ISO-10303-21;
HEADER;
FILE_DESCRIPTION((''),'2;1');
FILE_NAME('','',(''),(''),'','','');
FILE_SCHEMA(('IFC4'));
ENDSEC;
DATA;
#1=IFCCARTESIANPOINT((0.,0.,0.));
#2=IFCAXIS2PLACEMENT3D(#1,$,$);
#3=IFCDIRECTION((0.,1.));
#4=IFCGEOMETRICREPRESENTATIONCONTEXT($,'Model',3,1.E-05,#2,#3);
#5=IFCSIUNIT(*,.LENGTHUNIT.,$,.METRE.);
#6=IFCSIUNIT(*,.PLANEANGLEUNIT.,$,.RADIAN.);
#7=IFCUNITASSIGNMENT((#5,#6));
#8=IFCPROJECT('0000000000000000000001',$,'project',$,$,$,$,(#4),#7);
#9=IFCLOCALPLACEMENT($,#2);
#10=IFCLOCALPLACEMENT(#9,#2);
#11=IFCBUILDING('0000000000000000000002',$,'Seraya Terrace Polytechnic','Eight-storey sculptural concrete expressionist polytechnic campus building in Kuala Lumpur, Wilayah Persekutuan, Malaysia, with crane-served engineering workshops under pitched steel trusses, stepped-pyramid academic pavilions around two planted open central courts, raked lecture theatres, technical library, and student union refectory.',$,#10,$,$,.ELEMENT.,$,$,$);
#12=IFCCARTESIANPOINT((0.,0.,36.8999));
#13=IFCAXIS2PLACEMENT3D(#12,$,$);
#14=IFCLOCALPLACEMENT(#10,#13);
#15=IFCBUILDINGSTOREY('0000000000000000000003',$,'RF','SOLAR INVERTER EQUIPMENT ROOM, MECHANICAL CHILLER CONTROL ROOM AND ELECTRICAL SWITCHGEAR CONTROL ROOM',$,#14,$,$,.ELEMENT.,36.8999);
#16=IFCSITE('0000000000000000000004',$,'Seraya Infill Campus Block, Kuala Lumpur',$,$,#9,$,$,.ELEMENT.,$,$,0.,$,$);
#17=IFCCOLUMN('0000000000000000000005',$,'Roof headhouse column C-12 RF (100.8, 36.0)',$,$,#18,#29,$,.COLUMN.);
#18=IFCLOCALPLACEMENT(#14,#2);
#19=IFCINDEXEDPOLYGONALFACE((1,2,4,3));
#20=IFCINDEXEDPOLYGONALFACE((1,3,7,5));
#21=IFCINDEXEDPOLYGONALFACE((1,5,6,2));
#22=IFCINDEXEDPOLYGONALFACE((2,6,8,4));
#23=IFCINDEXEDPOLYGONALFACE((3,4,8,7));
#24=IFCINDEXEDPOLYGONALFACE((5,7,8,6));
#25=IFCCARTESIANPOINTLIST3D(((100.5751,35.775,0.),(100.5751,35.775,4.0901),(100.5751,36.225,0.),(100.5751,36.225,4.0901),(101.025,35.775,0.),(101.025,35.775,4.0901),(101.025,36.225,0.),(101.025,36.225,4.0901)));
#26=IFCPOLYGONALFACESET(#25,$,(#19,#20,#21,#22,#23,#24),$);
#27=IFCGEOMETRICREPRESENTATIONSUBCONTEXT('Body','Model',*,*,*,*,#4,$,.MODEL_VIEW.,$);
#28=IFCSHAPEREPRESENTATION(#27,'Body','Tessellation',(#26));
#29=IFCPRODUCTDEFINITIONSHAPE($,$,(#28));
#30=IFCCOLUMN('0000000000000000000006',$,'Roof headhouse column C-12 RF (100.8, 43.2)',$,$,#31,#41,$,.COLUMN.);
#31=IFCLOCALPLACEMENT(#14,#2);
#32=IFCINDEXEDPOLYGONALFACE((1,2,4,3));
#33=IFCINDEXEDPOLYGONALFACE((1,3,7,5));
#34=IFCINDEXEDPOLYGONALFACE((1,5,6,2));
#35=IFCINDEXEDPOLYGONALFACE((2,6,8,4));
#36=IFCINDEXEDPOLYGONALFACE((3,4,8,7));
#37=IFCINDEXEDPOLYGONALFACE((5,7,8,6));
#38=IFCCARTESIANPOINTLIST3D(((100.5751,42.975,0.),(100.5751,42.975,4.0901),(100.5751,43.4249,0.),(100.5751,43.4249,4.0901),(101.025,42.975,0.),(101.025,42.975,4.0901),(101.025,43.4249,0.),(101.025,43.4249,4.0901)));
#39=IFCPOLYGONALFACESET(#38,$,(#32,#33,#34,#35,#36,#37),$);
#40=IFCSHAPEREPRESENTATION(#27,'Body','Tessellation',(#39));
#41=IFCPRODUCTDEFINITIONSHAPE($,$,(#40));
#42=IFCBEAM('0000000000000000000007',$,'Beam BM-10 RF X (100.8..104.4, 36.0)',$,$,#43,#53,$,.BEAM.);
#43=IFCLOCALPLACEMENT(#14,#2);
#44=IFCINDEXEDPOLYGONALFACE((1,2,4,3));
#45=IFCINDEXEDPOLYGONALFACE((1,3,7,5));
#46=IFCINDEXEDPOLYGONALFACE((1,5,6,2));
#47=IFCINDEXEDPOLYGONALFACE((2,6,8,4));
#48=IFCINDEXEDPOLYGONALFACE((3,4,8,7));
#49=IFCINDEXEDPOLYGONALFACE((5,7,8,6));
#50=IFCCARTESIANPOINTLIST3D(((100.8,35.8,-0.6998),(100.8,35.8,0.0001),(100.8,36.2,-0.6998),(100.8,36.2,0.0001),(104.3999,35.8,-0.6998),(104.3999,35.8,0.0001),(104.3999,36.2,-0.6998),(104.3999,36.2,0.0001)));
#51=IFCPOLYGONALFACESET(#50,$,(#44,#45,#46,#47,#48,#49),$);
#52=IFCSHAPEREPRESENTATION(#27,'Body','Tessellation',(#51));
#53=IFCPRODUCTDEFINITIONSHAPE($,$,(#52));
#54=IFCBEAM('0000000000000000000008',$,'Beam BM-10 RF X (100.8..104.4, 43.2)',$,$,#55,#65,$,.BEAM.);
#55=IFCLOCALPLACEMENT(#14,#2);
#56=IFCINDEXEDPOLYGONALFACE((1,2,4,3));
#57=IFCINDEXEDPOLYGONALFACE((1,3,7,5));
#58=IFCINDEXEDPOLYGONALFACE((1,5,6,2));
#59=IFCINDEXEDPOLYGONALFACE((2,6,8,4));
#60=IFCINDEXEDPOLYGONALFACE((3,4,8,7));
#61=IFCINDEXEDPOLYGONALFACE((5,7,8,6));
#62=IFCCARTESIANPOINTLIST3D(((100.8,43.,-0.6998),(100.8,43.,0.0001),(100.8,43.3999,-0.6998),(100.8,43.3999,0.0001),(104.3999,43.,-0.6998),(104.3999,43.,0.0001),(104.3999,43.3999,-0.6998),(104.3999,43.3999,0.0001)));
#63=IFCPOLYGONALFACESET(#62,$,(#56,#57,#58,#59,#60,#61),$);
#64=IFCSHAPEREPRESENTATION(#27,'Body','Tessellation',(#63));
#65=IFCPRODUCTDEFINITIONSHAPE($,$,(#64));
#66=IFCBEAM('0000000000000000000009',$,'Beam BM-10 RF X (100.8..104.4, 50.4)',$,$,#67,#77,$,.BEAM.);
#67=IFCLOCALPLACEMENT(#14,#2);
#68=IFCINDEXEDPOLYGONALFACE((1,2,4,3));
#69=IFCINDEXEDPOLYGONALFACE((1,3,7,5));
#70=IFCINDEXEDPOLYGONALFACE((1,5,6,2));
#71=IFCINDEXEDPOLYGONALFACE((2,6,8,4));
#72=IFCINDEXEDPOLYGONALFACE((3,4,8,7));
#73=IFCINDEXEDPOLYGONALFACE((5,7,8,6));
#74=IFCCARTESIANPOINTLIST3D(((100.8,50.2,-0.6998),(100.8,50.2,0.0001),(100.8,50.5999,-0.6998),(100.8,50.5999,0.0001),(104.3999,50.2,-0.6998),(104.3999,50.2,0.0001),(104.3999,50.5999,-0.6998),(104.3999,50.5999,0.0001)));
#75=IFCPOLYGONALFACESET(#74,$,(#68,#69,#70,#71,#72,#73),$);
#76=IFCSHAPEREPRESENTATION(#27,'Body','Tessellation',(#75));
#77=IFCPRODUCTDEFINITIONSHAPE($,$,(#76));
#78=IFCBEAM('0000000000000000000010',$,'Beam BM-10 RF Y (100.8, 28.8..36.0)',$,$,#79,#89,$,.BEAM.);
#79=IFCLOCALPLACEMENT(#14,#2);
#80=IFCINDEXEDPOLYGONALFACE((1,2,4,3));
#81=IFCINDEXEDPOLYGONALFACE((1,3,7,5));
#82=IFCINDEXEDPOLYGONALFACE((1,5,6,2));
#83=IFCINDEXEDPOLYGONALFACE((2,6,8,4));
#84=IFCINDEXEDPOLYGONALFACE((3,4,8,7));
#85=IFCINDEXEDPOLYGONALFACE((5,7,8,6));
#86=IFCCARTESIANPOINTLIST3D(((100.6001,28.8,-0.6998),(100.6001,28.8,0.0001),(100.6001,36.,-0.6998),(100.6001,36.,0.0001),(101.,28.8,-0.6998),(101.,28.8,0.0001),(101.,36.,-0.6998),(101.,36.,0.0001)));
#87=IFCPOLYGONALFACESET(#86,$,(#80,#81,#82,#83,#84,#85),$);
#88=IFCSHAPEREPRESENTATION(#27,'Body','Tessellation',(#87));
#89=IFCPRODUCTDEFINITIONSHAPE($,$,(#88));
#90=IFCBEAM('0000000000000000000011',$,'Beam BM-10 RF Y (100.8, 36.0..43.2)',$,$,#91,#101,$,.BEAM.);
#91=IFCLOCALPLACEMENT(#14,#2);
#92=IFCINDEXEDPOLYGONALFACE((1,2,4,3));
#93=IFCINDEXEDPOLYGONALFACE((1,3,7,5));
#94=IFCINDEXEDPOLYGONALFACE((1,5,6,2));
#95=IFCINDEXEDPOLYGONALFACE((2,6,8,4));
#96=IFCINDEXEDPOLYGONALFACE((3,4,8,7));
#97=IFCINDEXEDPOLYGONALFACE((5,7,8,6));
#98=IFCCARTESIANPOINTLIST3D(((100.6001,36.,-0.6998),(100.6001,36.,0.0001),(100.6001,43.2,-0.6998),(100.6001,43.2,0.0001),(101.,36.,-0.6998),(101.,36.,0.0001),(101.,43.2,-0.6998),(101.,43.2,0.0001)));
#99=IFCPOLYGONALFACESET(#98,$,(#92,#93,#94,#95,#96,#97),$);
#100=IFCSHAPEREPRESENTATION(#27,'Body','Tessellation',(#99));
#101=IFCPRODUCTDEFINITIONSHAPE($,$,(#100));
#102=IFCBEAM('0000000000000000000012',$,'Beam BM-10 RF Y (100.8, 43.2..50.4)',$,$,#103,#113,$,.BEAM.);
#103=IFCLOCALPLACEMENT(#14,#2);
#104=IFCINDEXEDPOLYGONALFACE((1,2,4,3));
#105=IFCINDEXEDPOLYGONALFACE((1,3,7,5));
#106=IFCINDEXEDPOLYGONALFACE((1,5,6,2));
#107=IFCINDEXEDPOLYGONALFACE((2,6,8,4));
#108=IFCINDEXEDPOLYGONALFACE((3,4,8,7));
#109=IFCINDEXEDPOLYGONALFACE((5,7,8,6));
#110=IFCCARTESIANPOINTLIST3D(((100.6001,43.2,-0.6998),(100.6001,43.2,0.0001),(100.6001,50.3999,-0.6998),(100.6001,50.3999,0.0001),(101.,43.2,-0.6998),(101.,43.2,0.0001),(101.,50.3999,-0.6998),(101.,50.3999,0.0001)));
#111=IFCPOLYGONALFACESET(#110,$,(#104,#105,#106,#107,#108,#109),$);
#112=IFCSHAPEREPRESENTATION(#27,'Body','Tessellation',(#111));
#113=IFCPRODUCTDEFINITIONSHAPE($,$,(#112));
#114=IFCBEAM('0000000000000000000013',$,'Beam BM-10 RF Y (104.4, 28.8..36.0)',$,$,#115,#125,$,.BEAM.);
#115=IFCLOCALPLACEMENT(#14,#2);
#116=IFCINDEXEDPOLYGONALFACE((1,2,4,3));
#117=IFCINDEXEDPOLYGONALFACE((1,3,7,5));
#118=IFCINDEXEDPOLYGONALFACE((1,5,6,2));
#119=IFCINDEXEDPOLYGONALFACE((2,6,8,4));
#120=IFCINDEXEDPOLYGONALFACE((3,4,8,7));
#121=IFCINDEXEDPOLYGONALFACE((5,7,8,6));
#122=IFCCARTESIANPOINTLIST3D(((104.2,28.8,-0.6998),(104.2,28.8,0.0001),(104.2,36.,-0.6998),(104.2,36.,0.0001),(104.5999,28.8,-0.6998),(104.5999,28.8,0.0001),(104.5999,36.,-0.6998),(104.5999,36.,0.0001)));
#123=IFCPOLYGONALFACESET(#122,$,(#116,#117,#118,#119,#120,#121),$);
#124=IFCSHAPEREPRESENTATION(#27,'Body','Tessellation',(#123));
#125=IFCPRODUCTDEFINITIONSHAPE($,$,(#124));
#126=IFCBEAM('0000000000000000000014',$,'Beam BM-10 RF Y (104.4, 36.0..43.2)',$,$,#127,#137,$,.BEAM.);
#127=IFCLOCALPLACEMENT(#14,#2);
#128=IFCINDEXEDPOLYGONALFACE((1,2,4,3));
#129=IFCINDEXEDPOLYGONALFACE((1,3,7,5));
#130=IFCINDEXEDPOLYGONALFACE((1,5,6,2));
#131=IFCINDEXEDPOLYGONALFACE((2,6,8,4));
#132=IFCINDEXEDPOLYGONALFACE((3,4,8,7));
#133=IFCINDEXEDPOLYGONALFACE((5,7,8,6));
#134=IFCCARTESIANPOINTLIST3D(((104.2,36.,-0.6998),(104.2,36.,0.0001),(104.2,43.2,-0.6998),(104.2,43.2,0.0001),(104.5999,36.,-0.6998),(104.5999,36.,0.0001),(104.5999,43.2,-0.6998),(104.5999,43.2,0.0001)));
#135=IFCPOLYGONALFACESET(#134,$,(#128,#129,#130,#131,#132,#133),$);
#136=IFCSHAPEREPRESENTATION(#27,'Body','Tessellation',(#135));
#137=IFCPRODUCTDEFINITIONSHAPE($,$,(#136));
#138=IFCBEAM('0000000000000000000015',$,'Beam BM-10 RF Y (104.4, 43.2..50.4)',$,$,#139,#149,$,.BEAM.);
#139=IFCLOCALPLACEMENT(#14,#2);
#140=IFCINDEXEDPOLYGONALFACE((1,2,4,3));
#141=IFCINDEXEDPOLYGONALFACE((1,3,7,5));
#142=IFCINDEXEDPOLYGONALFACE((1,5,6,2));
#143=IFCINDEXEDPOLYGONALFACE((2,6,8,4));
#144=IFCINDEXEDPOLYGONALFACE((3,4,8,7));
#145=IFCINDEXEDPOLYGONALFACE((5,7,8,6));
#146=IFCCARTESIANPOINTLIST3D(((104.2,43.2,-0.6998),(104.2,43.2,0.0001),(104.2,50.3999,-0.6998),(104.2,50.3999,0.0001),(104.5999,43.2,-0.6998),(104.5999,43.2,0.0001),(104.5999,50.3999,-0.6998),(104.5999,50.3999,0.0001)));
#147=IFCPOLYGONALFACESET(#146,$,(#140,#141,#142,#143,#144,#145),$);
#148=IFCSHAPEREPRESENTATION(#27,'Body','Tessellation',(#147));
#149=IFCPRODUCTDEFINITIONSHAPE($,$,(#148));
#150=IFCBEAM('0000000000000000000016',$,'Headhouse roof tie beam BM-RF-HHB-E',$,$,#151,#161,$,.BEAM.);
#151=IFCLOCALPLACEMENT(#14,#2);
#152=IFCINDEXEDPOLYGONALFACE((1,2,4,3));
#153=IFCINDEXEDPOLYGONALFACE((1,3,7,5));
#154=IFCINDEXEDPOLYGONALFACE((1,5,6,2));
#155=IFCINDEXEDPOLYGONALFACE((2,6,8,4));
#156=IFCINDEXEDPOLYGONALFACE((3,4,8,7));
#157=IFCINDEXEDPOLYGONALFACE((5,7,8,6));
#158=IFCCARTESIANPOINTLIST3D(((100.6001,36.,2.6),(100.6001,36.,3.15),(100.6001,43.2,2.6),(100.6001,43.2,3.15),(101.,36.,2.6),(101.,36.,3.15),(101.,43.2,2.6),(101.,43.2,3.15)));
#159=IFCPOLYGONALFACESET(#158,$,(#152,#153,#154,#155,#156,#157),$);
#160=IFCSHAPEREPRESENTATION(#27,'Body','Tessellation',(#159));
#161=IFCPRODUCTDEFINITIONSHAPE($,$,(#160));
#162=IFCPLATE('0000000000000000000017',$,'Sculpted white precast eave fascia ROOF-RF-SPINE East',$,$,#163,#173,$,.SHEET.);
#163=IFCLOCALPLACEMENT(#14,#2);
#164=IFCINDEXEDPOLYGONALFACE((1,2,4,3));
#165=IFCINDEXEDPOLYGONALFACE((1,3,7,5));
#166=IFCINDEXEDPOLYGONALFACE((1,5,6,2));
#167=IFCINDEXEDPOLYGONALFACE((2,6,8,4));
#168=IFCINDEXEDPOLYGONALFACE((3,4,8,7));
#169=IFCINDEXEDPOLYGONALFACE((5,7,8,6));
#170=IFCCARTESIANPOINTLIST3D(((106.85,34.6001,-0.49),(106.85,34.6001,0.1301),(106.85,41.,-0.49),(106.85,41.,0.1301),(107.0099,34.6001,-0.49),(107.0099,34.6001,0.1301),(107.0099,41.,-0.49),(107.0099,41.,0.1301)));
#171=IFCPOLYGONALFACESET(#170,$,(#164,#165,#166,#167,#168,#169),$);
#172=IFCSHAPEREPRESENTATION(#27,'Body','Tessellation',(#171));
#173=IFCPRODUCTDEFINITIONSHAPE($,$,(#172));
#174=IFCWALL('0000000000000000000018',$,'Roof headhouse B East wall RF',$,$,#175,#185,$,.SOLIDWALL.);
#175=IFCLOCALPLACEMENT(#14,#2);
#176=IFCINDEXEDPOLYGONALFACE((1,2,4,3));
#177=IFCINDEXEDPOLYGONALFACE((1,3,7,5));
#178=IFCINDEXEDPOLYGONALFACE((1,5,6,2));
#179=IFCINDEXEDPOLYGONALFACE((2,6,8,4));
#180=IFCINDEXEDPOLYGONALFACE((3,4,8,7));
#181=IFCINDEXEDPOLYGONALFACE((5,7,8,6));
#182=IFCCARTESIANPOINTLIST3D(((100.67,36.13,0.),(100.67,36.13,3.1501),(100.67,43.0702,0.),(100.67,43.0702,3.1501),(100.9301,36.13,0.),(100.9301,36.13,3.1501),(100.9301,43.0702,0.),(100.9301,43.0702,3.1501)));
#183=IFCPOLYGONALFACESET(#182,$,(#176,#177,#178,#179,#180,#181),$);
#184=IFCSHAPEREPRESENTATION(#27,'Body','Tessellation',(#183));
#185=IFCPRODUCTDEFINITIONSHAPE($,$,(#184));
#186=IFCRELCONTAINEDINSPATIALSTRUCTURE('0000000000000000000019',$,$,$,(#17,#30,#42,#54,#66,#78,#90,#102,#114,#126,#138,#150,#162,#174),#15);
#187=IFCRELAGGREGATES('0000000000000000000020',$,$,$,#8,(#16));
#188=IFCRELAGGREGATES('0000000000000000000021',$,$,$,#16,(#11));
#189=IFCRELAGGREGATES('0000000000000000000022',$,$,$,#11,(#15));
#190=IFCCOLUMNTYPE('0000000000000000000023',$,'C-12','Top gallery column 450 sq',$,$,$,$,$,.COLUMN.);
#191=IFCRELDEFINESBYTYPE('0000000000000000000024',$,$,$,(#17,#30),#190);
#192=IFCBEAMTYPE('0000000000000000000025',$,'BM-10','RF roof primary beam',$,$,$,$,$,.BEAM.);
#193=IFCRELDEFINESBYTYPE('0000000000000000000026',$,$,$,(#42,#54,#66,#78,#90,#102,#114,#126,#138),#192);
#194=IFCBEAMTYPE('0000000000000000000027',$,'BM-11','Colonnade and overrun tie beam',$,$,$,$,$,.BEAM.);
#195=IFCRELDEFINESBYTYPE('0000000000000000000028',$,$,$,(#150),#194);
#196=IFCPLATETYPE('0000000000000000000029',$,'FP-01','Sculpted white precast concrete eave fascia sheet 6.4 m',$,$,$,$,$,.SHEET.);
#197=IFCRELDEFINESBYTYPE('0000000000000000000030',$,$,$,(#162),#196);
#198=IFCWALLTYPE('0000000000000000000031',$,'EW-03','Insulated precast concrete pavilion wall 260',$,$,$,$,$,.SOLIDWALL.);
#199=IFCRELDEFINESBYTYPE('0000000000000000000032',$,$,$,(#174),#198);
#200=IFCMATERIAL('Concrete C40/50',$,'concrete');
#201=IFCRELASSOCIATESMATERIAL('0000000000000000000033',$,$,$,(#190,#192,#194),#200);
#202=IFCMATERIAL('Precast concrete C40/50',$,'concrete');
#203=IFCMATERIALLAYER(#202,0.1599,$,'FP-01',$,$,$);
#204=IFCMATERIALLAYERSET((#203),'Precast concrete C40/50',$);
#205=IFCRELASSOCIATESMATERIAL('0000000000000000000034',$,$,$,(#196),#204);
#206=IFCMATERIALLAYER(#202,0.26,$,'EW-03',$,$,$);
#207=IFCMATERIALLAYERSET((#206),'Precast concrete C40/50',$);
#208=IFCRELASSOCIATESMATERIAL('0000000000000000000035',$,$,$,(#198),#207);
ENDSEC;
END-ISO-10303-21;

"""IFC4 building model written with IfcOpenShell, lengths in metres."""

from ifc_helpers import new_model, si_unit, direction, frame, frame_2d, origin, origin_2d, place, context, subcontext, project, spatial, rectangle, extrude, material, layer, layer_set, material_profile, profile_set, type_object, element, save


model = new_model("IFC4")

# Units and contexts
model_context = context("Model", 3, precision=1e-05, world=origin(), true_north=direction((0.0, 1.0)))
body_context = subcontext(model_context, "Body", "Model", "MODEL_VIEW")
ifc_project = project(units=[si_unit("LENGTHUNIT", "METRE"), si_unit("PLANEANGLEUNIT", "RADIAN")], contexts=[model_context])

# Site, building, storey
site_placement = place(None, origin())
site = spatial("IfcSite", under=ifc_project, at=site_placement, Name="Seraya Infill Campus Block, Kuala Lumpur", CompositionType="ELEMENT", RefElevation=0.0)
building_placement = place(site_placement, origin())
building = spatial("IfcBuilding", under=site, at=building_placement, Name="Seraya Terrace Polytechnic", Description="Eight-storey sculptural concrete expressionist polytechnic campus building in Kuala Lumpur, Wilayah Persekutuan, Malaysia, with crane-served engineering workshops under pitched steel trusses, stepped-pyramid academic pavilions around two planted open central courts, raked lecture theatres, technical library, and student union refectory.", CompositionType="ELEMENT")
storey_placement = place(building_placement, frame((0.0, 0.0, 36.8999)))
storey = spatial("IfcBuildingStorey", under=building, at=storey_placement, Name="RF", Description="SOLAR INVERTER EQUIPMENT ROOM, MECHANICAL CHILLER CONTROL ROOM AND ELECTRICAL SWITCHGEAR CONTROL ROOM", CompositionType="ELEMENT", Elevation=36.8999)

# Columns
ifc_material_1 = material(Name="Concrete C40/50", Category="concrete")
ifc_material_profile_1 = material_profile(ifc_material_1, rectangle(XDim=0.45, YDim=0.45, at=origin_2d()), Name="RC 450x450")
ifc_profile_set_1 = profile_set([ifc_material_profile_1], Name="Concrete C40/50")
column_type = type_object("IfcColumnType", Name="C-12", Description="Top gallery column 450 sq", PredefinedType="COLUMN", material=ifc_profile_set_1)
for number, where, z_axis, x_axis, name in (
    (1, (100.8, 36.0, 0.0), (0.0, 0.0, 1.0), (1.0, 0.0, 0.0), "Roof headhouse column C-12 RF (100.8, 36.0)"),
    (2, (100.8, 43.2, 0.0), (0.0, 0.0, 1.0), (1.0, 0.0, 0.0), "Roof headhouse column C-12 RF (100.8, 43.2)"),
):
    element("IfcColumn", number, at=place(storey_placement, frame(where, z_axis=z_axis, x_axis=x_axis)), inside=storey, type_object=column_type, Name=name, PredefinedType="COLUMN", context=body_context, shape_type="SweptSolid", body=[
        extrude(rectangle(XDim=0.45, YDim=0.45, at=origin_2d()), origin(), (0.0, 0.0, 1.0), 4.0901),
    ])

# Beams
ifc_material_profile_2 = material_profile(ifc_material_1, rectangle(XDim=0.3999, YDim=0.7, at=origin_2d()), Name="RC 400x700")
ifc_profile_set_2 = profile_set([ifc_material_profile_2], Name="Concrete C40/50")
beam_type_1 = type_object("IfcBeamType", Name="BM-10", Description="RF roof primary beam", PredefinedType="BEAM", material=ifc_profile_set_2)
for number, where, z_axis, x_axis, name in (
    (3, (100.8, 36.0, -0.3499), (1.0, 0.0, 0.0), (0.0, 1.0, 0.0), "Beam BM-10 RF X (100.8..104.4, 36.0)"),
    (4, (100.8, 43.2, -0.3499), (1.0, 0.0, 0.0), (0.0, 1.0, 0.0), "Beam BM-10 RF X (100.8..104.4, 43.2)"),
    (5, (100.8, 50.3999, -0.3499), (1.0, 0.0, 0.0), (0.0, 1.0, 0.0), "Beam BM-10 RF X (100.8..104.4, 50.4)"),
):
    element("IfcBeam", number, at=place(storey_placement, frame(where, z_axis=z_axis, x_axis=x_axis)), inside=storey, type_object=beam_type_1, Name=name, PredefinedType="BEAM", context=body_context, shape_type="SweptSolid", body=[
        extrude(rectangle(XDim=0.3999, YDim=0.7, at=origin_2d()), origin(), (0.0, 0.0, 1.0), 3.5999),
    ])
for number, where, z_axis, x_axis, name in (
    (6, (100.8, 28.8, -0.3499), (0.0, 1.0, 0.0), (-1.0, 0.0, 0.0), "Beam BM-10 RF Y (100.8, 28.8..36.0)"),
    (7, (100.8, 36.0, -0.3499), (0.0, 1.0, 0.0), (-1.0, 0.0, 0.0), "Beam BM-10 RF Y (100.8, 36.0..43.2)"),
    (8, (100.8, 43.2, -0.3499), (0.0, 1.0, 0.0), (-1.0, 0.0, 0.0), "Beam BM-10 RF Y (100.8, 43.2..50.4)"),
    (9, (104.3999, 28.8, -0.3499), (0.0, 1.0, 0.0), (-1.0, 0.0, 0.0), "Beam BM-10 RF Y (104.4, 28.8..36.0)"),
    (10, (104.3999, 36.0, -0.3499), (0.0, 1.0, 0.0), (-1.0, 0.0, 0.0), "Beam BM-10 RF Y (104.4, 36.0..43.2)"),
    (11, (104.3999, 43.2, -0.3499), (0.0, 1.0, 0.0), (-1.0, 0.0, 0.0), "Beam BM-10 RF Y (104.4, 43.2..50.4)"),
):
    element("IfcBeam", number, at=place(storey_placement, frame(where, z_axis=z_axis, x_axis=x_axis)), inside=storey, type_object=beam_type_1, Name=name, PredefinedType="BEAM", context=body_context, shape_type="SweptSolid", body=[
        extrude(rectangle(XDim=0.3999, YDim=0.7, at=origin_2d()), origin(), (0.0, 0.0, 1.0), 7.2),
    ])
ifc_material_profile_3 = material_profile(ifc_material_1, rectangle(XDim=0.3999, YDim=0.55, at=origin_2d()), Name="RC 400x550")
ifc_profile_set_3 = profile_set([ifc_material_profile_3], Name="Concrete C40/50")
beam_type_2 = type_object("IfcBeamType", Name="BM-11", Description="Colonnade and overrun tie beam", PredefinedType="BEAM", material=ifc_profile_set_3)
beam_placement = place(storey_placement, frame((100.8, 36.0, 2.875), z_axis=(0.0, 1.0, 0.0), x_axis=(-1.0, 0.0, 0.0)))
element("IfcBeam", 12, at=beam_placement, inside=storey, type_object=beam_type_2, Name="Headhouse roof tie beam BM-RF-HHB-E", PredefinedType="BEAM", context=body_context, shape_type="SweptSolid", body=[
    extrude(rectangle(XDim=0.3999, YDim=0.55, at=origin_2d()), origin(), (0.0, 0.0, 1.0), 7.2),
])

# Plate
ifc_material_2 = material(Name="Precast concrete C40/50", Category="concrete")
ifc_layer_1 = layer(ifc_material_2, 0.1599, Name="FP-01")
ifc_layer_set_1 = layer_set([ifc_layer_1], Name="Precast concrete C40/50")
plate_type = type_object("IfcPlateType", Name="FP-01", Description="Sculpted white precast concrete eave fascia sheet 6.4 m", PredefinedType="SHEET", material=ifc_layer_set_1)
plate_placement = place(storey_placement, frame((106.9299, 37.8, -0.49), z_axis=(0.0, 0.0, 1.0), x_axis=(0.0, 1.0, 0.0)))
element("IfcPlate", 13, at=plate_placement, inside=storey, type_object=plate_type, Name="Sculpted white precast eave fascia ROOF-RF-SPINE East", PredefinedType="SHEET", context=body_context, shape_type="SweptSolid", body=[
    extrude(rectangle(XDim=6.3999, YDim=0.1599, at=origin_2d()), origin(), (0.0, 0.0, 1.0), 0.6201),
])

# Wall
ifc_layer_2 = layer(ifc_material_2, 0.26, Name="EW-03")
ifc_layer_set_2 = layer_set([ifc_layer_2], Name="Precast concrete C40/50")
wall_type_1 = type_object("IfcWallType", Name="EW-03", Description="Insulated precast concrete pavilion wall 260", PredefinedType="SOLIDWALL", material=ifc_layer_set_2)
wall_1_placement = place(storey_placement, frame((100.8, 36.1299, 0.0), z_axis=(0.0, 0.0, 1.0), x_axis=(0.0, 1.0, 0.0)))
element("IfcWall", 14, at=wall_1_placement, inside=storey, type_object=wall_type_1, Name="Roof headhouse B East wall RF", PredefinedType="SOLIDWALL", context=body_context, shape_type="SweptSolid", body=[
    extrude(rectangle(XDim=6.9402, YDim=0.26, at=frame_2d((3.4702, 0.0))), origin(), (0.0, 0.0, 1.0), 3.1501),
])

save(model, "model.ifc")
